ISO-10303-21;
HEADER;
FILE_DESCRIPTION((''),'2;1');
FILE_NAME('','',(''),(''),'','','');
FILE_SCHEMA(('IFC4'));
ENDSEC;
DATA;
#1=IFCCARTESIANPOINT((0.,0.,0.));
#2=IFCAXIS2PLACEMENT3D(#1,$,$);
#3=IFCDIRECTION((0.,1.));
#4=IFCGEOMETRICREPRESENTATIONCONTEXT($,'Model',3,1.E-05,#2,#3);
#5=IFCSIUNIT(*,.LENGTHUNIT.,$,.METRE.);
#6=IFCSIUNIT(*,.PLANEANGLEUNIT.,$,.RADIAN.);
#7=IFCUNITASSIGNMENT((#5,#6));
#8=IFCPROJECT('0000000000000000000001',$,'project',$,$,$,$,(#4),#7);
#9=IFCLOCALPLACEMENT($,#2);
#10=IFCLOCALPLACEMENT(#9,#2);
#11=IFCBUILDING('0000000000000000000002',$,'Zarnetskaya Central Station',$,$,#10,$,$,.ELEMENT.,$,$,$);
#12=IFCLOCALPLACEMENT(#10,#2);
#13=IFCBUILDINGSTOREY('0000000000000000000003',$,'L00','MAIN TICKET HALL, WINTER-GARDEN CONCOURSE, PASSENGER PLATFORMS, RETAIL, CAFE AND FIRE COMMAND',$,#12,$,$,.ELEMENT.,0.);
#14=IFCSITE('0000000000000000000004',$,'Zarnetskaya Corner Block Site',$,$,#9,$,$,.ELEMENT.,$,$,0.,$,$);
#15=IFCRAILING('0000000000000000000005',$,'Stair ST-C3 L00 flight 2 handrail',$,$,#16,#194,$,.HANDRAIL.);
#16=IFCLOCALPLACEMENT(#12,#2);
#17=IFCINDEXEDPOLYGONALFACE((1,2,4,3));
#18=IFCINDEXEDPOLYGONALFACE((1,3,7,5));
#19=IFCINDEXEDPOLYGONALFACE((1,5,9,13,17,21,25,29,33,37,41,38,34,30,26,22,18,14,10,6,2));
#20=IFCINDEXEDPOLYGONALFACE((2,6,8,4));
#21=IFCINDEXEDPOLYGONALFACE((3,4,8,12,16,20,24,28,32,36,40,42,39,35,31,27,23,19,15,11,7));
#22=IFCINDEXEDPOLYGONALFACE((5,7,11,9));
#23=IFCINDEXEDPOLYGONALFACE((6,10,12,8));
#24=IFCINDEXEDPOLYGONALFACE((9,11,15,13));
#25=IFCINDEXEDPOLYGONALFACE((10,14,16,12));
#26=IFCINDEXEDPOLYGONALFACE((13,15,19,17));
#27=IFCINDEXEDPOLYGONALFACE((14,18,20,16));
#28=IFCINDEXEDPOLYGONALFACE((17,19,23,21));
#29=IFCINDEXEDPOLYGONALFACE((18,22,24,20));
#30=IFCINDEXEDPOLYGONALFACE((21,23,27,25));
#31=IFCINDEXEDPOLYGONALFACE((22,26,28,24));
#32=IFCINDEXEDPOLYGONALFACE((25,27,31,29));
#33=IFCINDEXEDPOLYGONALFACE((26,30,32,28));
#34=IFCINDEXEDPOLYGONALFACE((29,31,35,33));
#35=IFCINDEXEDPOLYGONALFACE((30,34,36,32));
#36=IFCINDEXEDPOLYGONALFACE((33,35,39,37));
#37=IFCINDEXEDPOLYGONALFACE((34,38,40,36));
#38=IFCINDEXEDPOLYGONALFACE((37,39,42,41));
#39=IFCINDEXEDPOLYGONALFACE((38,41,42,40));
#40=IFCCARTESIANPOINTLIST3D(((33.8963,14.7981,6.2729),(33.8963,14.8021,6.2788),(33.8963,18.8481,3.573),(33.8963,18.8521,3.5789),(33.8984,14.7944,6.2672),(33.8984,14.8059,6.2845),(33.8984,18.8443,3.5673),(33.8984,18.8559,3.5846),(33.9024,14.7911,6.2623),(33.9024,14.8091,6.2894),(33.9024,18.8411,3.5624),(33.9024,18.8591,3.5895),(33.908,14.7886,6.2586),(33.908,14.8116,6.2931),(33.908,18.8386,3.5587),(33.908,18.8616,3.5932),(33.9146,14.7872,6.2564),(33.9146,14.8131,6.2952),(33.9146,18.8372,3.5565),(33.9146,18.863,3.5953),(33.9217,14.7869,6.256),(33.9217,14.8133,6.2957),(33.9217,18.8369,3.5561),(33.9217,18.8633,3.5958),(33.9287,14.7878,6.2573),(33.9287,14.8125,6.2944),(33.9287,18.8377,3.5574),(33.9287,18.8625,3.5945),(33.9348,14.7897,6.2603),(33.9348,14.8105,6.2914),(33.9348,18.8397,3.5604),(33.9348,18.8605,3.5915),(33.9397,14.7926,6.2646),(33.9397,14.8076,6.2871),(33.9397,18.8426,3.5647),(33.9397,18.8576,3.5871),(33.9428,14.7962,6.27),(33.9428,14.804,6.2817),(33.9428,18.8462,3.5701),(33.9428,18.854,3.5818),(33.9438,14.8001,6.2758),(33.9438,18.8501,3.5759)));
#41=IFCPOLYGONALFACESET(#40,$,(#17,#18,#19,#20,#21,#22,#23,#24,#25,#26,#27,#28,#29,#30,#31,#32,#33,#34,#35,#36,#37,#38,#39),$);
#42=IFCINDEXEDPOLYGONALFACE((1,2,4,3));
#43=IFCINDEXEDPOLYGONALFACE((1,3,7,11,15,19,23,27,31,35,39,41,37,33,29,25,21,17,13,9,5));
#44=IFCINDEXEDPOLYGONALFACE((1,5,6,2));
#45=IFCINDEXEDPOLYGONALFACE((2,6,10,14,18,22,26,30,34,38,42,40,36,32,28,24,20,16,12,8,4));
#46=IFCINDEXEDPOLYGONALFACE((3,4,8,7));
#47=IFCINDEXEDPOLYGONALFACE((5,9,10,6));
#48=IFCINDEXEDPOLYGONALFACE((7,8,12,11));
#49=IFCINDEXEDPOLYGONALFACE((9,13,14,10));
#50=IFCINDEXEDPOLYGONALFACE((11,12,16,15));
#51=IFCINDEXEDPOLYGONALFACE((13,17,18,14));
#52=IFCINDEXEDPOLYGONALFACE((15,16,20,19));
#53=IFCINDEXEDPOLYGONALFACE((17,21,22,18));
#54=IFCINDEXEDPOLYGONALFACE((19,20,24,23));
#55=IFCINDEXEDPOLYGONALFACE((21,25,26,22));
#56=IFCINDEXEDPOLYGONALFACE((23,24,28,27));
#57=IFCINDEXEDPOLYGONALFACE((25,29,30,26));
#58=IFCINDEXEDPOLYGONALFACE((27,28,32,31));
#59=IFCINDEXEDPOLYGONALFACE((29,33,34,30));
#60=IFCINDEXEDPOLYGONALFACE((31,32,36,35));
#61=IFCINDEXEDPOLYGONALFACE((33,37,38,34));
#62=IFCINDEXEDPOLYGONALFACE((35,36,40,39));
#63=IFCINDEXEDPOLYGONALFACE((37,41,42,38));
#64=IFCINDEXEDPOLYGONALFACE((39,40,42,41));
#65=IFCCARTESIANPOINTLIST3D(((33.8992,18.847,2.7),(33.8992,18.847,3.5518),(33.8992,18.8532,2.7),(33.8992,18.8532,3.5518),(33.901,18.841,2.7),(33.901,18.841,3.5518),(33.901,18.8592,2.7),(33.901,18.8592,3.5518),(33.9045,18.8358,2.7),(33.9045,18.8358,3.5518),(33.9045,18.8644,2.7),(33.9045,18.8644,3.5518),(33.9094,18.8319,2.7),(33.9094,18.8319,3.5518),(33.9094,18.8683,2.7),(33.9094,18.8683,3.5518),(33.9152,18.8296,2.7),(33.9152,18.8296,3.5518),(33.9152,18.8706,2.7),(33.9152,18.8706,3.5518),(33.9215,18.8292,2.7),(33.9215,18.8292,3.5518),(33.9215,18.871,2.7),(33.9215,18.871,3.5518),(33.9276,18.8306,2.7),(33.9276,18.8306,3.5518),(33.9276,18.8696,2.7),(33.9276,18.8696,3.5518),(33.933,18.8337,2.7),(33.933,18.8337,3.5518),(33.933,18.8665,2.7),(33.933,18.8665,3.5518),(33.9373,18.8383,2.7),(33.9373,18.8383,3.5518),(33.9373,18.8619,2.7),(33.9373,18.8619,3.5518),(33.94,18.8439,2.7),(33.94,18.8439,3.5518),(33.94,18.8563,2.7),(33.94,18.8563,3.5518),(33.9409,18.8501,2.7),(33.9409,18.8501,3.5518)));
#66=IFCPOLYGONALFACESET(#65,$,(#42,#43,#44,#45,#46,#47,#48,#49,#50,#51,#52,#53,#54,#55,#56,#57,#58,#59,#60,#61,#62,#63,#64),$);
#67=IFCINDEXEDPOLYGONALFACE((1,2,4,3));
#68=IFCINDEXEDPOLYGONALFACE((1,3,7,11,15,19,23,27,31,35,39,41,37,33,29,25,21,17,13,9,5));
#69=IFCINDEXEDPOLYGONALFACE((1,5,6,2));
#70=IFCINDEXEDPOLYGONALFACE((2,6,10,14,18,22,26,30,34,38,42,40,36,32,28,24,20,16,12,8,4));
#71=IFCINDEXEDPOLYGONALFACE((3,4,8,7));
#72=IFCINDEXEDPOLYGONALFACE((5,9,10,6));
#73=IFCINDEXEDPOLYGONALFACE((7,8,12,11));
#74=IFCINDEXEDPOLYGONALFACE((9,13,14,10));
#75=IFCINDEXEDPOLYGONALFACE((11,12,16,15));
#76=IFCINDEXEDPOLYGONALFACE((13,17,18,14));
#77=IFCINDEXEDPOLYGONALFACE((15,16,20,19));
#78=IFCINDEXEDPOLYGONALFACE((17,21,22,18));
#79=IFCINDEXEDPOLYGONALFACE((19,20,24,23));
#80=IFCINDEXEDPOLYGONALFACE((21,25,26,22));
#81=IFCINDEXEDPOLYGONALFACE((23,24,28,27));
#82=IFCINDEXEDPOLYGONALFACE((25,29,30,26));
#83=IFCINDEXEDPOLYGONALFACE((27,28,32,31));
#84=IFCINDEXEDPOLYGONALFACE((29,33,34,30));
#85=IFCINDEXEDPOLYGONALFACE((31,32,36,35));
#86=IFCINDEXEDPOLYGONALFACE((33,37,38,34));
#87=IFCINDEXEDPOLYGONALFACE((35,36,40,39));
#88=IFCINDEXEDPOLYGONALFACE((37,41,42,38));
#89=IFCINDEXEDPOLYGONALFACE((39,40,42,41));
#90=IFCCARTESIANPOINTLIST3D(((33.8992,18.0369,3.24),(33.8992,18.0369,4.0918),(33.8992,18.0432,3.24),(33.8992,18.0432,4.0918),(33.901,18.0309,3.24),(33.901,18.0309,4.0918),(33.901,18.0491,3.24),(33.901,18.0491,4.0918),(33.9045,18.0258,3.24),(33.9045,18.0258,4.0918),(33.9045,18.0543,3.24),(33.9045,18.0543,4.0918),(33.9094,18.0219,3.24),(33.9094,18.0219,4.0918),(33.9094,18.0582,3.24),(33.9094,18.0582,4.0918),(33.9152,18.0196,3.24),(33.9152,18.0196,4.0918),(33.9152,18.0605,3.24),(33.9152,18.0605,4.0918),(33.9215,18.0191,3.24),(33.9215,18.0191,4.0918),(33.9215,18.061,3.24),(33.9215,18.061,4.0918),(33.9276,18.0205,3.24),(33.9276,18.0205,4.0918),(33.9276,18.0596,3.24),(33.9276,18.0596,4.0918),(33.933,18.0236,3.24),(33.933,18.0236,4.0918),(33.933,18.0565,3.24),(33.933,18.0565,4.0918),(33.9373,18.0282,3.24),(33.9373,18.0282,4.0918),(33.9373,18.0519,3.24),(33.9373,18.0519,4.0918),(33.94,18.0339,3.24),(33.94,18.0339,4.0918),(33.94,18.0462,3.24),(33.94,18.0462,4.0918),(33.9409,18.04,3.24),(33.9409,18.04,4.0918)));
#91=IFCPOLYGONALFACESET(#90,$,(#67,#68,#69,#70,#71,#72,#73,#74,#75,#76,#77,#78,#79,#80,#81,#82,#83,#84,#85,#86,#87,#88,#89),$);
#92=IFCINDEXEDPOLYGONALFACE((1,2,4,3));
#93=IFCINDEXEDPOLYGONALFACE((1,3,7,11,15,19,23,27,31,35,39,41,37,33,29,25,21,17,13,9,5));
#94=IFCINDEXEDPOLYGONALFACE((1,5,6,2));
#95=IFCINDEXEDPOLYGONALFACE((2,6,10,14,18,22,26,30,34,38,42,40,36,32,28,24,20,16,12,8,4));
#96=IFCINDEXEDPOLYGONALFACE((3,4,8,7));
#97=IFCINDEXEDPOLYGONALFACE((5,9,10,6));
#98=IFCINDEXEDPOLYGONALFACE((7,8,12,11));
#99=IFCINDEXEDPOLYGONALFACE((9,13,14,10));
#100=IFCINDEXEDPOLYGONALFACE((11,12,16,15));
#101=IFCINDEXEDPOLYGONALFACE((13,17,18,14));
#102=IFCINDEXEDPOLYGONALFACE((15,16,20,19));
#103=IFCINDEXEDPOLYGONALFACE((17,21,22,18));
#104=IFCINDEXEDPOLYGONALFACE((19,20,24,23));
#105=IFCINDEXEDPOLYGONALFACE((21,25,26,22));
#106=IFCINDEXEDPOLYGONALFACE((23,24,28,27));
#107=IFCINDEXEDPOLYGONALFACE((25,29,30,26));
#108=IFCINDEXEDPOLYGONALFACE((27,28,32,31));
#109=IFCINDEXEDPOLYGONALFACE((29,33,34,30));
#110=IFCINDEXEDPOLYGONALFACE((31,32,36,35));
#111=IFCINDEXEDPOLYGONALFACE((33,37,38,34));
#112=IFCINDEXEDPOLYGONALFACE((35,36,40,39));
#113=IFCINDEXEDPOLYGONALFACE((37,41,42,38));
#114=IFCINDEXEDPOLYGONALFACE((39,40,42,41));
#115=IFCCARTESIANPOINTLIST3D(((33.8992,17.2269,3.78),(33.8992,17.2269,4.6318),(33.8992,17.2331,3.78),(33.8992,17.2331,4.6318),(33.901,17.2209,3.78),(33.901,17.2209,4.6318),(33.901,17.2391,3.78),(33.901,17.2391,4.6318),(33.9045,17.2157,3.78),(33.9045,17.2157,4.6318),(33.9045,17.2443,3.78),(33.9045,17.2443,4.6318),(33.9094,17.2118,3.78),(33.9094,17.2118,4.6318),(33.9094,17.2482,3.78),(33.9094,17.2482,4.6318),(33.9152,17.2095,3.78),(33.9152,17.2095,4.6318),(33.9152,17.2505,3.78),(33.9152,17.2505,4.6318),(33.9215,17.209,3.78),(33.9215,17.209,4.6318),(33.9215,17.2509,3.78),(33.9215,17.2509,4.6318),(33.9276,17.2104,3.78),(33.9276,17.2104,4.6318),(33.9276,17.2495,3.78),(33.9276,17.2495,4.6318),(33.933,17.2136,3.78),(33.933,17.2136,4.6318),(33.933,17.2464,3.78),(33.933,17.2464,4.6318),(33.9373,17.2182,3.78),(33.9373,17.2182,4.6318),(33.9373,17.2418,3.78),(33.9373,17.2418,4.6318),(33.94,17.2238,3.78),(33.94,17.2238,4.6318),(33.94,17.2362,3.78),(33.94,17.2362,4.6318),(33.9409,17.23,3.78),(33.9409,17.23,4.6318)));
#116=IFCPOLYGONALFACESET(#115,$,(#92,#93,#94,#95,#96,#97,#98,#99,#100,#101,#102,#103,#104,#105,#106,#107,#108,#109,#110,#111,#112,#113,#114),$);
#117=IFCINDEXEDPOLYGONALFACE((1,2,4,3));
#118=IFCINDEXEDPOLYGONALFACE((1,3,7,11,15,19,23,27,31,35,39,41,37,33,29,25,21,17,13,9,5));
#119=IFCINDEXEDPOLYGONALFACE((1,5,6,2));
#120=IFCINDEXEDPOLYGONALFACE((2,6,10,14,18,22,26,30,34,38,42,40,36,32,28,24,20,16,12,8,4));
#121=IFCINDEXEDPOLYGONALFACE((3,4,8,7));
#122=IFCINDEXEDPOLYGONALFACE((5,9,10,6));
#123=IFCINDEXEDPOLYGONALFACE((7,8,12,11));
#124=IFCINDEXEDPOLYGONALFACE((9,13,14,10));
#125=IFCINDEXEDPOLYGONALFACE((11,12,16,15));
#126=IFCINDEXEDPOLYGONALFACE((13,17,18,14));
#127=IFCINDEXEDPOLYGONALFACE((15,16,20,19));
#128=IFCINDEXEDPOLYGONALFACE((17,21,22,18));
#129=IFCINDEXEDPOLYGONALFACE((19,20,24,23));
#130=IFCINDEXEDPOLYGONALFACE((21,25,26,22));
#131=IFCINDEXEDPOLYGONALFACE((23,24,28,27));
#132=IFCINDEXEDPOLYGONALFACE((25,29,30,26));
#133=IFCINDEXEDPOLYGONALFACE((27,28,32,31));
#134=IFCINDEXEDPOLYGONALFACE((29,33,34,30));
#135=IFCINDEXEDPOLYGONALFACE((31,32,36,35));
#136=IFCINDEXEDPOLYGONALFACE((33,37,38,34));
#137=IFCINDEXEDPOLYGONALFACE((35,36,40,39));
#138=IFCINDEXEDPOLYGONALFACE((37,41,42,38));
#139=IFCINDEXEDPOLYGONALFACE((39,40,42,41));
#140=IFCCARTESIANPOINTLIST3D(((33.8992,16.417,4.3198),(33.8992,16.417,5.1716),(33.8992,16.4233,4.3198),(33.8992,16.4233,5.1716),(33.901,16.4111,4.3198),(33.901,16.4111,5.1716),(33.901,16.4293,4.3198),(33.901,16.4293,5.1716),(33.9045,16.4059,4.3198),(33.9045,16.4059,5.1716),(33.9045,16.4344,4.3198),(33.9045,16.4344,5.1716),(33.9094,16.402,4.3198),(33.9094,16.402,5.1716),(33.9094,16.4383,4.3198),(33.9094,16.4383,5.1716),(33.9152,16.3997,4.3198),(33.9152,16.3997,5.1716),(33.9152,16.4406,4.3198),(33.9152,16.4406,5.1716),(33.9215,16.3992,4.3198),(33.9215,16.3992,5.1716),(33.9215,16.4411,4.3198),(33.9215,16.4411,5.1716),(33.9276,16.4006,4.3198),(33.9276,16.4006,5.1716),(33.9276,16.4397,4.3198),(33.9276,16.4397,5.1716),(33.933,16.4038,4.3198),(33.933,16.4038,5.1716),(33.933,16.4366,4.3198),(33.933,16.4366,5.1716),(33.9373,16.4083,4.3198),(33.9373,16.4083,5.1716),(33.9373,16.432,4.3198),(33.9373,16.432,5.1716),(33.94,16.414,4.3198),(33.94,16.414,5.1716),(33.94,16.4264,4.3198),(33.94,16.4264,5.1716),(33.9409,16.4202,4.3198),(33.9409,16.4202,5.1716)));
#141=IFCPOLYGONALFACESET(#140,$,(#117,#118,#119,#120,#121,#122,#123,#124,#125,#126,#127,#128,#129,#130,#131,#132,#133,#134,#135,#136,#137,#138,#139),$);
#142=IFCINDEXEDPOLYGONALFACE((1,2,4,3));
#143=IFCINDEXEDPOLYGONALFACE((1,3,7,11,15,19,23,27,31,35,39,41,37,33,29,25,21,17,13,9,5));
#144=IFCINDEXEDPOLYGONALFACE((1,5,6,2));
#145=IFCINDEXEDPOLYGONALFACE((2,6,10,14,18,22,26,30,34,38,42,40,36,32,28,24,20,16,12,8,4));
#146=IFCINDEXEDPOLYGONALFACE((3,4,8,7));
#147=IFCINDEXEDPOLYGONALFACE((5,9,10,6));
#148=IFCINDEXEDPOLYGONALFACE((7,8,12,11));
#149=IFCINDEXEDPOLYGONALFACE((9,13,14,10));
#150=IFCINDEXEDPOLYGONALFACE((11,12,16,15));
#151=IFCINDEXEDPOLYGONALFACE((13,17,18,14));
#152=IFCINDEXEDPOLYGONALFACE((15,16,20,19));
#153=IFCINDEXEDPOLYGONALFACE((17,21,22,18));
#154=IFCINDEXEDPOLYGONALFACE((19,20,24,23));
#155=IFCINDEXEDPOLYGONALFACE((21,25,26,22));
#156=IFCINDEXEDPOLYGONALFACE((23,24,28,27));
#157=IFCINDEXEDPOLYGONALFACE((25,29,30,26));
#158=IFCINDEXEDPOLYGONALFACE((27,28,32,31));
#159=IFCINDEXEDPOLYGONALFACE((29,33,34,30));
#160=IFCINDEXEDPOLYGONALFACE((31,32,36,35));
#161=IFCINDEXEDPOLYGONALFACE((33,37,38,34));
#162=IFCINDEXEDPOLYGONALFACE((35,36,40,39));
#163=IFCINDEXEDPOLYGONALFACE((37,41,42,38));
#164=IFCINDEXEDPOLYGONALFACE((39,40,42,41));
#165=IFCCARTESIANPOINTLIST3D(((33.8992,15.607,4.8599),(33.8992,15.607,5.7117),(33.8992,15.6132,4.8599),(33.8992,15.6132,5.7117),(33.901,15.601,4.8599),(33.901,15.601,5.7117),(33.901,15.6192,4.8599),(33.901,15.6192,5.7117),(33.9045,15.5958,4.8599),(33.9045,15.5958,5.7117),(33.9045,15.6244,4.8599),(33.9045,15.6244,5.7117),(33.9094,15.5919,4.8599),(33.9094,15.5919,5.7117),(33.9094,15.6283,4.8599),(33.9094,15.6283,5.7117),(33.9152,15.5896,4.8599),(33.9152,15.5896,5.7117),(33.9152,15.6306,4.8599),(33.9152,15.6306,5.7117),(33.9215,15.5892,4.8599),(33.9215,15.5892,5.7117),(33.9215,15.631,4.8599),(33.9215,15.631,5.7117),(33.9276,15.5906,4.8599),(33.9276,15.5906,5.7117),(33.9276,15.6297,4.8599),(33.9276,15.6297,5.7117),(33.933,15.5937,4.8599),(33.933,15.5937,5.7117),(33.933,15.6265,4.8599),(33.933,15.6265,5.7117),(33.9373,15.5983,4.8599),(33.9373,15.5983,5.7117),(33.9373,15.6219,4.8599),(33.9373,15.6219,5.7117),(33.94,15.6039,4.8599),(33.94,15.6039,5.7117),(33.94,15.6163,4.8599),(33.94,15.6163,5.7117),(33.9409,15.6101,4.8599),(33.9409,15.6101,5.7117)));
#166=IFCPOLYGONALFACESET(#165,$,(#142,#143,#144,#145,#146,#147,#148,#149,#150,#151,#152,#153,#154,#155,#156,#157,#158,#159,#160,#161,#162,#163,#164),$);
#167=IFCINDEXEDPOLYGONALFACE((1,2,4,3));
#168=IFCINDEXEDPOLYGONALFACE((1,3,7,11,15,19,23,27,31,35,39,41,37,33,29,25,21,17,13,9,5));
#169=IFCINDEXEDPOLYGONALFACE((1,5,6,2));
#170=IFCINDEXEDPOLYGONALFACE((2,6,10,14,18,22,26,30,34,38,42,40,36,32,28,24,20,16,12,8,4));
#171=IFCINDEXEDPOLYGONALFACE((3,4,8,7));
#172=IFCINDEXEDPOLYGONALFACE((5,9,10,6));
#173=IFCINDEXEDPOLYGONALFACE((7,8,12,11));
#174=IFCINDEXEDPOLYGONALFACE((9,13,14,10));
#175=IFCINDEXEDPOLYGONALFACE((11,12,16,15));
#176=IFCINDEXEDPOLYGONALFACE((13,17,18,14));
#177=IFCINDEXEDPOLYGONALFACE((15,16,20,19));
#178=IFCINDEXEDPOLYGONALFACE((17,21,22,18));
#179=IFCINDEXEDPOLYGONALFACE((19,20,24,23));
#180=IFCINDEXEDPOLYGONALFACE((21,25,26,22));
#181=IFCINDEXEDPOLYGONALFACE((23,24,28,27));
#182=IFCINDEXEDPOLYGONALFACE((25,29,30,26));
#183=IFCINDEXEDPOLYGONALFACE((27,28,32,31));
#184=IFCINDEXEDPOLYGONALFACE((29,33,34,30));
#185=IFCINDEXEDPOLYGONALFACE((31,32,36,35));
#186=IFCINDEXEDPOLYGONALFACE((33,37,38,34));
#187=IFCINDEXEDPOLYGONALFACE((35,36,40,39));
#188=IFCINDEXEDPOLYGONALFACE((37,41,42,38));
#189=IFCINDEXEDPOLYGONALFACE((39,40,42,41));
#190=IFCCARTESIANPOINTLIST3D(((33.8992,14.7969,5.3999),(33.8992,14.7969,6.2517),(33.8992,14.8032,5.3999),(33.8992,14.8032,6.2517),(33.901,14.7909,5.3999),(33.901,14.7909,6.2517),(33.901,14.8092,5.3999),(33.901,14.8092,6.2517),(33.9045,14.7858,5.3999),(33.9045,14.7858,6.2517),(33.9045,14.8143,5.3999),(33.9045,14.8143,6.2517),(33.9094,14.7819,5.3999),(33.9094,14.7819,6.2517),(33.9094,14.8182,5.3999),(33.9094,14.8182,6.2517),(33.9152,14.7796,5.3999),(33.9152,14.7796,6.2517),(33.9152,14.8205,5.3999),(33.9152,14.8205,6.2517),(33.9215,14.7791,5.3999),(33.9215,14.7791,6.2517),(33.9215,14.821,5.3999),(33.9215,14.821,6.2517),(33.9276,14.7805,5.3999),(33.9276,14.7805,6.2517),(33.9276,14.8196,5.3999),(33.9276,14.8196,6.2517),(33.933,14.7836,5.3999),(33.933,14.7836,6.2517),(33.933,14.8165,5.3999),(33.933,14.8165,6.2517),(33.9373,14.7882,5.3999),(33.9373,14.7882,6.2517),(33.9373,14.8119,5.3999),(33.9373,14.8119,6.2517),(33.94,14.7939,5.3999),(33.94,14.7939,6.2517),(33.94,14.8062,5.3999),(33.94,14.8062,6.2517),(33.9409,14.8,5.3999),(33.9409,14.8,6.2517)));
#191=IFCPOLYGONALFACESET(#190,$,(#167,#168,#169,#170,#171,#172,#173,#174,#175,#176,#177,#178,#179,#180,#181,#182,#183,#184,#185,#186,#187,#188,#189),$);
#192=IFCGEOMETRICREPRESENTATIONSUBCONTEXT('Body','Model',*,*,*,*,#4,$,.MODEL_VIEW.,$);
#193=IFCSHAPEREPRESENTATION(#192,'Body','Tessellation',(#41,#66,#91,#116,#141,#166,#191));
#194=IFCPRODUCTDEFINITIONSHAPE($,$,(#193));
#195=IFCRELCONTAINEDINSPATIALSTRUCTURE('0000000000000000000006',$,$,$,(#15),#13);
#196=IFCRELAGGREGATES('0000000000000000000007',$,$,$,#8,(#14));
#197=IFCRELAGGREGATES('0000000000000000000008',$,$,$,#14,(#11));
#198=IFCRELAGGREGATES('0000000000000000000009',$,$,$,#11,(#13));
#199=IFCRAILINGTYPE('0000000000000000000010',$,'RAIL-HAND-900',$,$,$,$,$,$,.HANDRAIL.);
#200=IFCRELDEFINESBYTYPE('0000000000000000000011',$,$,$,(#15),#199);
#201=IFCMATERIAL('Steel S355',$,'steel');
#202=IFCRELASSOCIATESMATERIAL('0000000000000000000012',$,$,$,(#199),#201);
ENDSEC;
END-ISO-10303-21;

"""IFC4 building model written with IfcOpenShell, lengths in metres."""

from ifc_helpers import new_model, si_unit, direction, frame, origin, origin_2d, place, context, subcontext, project, spatial, circle, extrude, material, type_object, element, save


model = new_model("IFC4")

# Units and contexts
model_context = context("Model", 3, precision=1e-05, world=origin(), true_north=direction((0.0, 1.0)))
body_context = subcontext(model_context, "Body", "Model", "MODEL_VIEW")
ifc_project = project(units=[si_unit("LENGTHUNIT", "METRE"), si_unit("PLANEANGLEUNIT", "RADIAN")], contexts=[model_context])

# Site, building, storey
site_placement = place(None, origin())
site = spatial("IfcSite", under=ifc_project, at=site_placement, Name="Zarnetskaya Corner Block Site", CompositionType="ELEMENT", RefElevation=0.0)
building_placement = place(site_placement, origin())
building = spatial("IfcBuilding", under=site, at=building_placement, Name="Zarnetskaya Central Station", CompositionType="ELEMENT")
storey_placement = place(building_placement, origin())
storey = spatial("IfcBuildingStorey", under=building, at=storey_placement, Name="L00", Description="MAIN TICKET HALL, WINTER-GARDEN CONCOURSE, PASSENGER PLATFORMS, RETAIL, CAFE AND FIRE COMMAND", CompositionType="ELEMENT", Elevation=0.0)

# Shared definitions
ifc_material_1 = material(Name="Steel S355", Category="steel")

# Railing
railing_type_1 = type_object("IfcRailingType", Name="RAIL-HAND-900", PredefinedType="HANDRAIL", material=ifc_material_1)
railing_1_placement = place(storey_placement, frame((33.9199, 18.8501, 2.7)))
element("IfcRailing", 1, at=railing_1_placement, inside=storey, type_object=railing_type_1, Name="Stair ST-C3 L00 flight 2 handrail", PredefinedType="HANDRAIL", context=body_context, shape_type="SweptSolid", body=[
    extrude(circle(Radius=0.0239, at=origin_2d()), frame((0.0, 0.0, 0.876), z_axis=(0.0, -0.832058, 0.554689), x_axis=(1.0, 0.0, 0.0)), (0.0, 0.0, 1.0), 4.8674),
    extrude(circle(Radius=0.021, at=origin_2d()), origin(), (0.0, 0.0, 1.0), 0.8518),
    extrude(circle(Radius=0.021, at=origin_2d()), frame((0.0, -0.8101, 0.54)), (0.0, 0.0, 1.0), 0.8518),
    extrude(circle(Radius=0.021, at=origin_2d()), frame((0.0, -1.6201, 1.0801)), (0.0, 0.0, 1.0), 0.8518),
    extrude(circle(Radius=0.021, at=origin_2d()), frame((0.0, -2.4299, 1.6199)), (0.0, 0.0, 1.0), 0.8518),
    extrude(circle(Radius=0.021, at=origin_2d()), frame((0.0, -3.24, 2.1599)), (0.0, 0.0, 1.0), 0.8518),
    extrude(circle(Radius=0.021, at=origin_2d()), frame((0.0, -4.05, 2.7)), (0.0, 0.0, 1.0), 0.8518),
])

save(model, "model.ifc")
